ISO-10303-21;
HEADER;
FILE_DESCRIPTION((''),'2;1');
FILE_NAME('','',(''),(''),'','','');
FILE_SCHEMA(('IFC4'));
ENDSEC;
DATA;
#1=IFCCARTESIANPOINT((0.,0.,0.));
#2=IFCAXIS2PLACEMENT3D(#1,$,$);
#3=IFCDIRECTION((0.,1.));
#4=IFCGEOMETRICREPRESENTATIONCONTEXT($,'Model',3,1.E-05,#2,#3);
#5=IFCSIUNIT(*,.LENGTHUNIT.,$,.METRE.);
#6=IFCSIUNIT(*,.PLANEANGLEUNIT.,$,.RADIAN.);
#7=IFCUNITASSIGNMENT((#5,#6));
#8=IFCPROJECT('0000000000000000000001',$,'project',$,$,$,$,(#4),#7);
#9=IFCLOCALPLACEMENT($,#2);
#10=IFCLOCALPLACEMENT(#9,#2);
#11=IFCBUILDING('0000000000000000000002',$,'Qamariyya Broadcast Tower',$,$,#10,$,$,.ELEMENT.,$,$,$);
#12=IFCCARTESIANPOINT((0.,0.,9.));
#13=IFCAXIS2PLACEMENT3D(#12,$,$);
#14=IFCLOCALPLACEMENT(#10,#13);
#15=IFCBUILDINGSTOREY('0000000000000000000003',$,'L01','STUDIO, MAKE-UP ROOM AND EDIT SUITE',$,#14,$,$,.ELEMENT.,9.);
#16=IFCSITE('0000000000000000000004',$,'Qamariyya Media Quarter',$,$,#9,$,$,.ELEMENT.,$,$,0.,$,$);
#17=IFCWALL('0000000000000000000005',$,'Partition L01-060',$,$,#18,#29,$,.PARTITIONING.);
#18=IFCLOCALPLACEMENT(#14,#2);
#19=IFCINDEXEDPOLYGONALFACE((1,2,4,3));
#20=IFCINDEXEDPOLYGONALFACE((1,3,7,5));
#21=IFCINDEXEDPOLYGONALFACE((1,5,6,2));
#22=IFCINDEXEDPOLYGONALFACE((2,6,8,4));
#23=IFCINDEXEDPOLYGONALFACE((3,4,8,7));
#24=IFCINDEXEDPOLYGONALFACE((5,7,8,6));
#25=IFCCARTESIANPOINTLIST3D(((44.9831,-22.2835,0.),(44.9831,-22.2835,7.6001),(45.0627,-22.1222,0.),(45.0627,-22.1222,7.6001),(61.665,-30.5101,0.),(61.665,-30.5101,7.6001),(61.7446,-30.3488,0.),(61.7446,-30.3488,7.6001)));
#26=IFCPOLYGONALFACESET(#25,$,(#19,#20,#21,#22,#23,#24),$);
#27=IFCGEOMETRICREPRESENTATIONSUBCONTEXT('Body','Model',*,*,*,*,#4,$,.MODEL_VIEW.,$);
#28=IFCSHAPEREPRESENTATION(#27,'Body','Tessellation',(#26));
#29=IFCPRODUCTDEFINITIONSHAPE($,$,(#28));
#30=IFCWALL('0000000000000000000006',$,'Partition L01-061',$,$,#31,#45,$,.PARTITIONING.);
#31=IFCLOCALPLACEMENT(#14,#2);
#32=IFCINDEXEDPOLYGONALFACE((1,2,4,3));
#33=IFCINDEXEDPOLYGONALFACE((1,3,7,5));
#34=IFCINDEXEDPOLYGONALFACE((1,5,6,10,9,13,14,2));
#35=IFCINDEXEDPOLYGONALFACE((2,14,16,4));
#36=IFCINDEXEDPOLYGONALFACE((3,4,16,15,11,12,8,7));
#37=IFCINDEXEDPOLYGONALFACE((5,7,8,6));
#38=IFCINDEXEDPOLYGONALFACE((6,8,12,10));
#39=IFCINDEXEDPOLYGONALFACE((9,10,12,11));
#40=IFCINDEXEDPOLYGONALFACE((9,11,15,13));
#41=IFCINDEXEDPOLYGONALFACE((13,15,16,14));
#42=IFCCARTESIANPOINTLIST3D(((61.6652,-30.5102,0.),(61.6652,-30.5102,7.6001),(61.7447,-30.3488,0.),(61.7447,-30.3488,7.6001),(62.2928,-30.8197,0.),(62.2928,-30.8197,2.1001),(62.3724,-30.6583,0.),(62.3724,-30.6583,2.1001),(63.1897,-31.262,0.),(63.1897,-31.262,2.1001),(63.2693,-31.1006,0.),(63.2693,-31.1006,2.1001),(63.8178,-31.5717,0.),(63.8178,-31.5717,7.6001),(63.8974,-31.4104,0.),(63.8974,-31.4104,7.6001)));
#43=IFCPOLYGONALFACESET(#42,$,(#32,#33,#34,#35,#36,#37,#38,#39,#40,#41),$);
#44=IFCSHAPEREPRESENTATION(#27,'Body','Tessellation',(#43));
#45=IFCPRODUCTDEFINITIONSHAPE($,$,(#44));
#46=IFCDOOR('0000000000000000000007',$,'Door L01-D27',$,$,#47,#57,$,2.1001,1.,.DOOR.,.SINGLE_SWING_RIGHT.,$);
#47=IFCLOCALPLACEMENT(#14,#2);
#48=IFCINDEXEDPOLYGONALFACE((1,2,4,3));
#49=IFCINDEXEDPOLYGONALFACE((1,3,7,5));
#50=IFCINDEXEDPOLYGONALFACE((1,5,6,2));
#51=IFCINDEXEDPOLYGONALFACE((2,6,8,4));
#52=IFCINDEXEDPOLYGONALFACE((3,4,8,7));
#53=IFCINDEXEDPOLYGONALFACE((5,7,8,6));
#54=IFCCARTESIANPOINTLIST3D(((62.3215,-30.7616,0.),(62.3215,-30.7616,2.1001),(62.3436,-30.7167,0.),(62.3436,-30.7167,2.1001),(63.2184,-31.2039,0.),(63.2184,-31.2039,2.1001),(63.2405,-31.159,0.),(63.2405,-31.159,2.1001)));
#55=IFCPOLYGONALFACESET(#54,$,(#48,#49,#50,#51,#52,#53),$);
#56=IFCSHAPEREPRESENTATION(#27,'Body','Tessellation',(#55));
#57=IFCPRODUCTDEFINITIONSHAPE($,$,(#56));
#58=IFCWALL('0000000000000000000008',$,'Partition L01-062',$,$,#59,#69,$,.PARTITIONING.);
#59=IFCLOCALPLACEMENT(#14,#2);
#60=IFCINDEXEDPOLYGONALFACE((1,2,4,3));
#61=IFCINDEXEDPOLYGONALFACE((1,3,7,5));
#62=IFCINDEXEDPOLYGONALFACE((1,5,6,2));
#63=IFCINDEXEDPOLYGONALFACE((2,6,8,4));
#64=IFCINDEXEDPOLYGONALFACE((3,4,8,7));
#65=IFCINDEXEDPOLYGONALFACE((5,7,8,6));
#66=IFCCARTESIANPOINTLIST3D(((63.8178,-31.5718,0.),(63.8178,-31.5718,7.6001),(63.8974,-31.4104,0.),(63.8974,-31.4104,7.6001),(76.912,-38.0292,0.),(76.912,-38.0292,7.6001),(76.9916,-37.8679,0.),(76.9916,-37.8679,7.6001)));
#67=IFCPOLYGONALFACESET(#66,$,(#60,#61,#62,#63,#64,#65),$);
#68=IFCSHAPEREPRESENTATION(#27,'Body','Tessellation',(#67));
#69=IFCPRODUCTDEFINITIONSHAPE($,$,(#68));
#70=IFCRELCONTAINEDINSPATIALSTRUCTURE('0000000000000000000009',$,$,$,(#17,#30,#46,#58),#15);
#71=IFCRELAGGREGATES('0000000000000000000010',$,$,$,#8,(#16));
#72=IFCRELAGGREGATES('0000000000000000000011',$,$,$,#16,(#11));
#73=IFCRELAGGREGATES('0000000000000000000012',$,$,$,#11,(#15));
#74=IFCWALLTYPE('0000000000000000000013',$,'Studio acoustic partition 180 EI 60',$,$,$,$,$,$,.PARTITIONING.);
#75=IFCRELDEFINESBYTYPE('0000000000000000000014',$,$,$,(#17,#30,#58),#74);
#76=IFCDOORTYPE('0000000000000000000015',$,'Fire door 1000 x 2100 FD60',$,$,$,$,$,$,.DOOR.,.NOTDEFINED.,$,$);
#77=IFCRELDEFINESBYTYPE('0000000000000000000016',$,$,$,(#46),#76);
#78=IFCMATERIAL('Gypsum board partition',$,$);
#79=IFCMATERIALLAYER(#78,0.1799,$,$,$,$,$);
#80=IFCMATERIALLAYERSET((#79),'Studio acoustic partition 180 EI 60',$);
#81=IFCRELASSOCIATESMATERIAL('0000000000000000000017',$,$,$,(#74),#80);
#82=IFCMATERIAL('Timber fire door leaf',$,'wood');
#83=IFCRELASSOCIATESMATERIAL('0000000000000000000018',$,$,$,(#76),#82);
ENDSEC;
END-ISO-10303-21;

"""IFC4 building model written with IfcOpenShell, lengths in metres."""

from ifc_helpers import new_model, si_unit, direction, frame, frame_2d, origin, place, context, subcontext, project, spatial, rectangle, extrude, material, layer, layer_set, type_object, element, fill, save


model = new_model("IFC4")

# Units and contexts
model_context = context("Model", 3, precision=1e-05, world=origin(), true_north=direction((0.0, 1.0)))
body_context = subcontext(model_context, "Body", "Model", "MODEL_VIEW")
ifc_project = project(units=[si_unit("LENGTHUNIT", "METRE"), si_unit("PLANEANGLEUNIT", "RADIAN")], contexts=[model_context])

# Site, building, storey
site_placement = place(None, origin())
site = spatial("IfcSite", under=ifc_project, at=site_placement, Name="Qamariyya Media Quarter", CompositionType="ELEMENT", RefElevation=0.0)
building_placement = place(site_placement, origin())
building = spatial("IfcBuilding", under=site, at=building_placement, Name="Qamariyya Broadcast Tower", CompositionType="ELEMENT")
storey_placement = place(building_placement, frame((0.0, 0.0, 9.0)))
storey = spatial("IfcBuildingStorey", under=building, at=storey_placement, Name="L01", Description="STUDIO, MAKE-UP ROOM AND EDIT SUITE", CompositionType="ELEMENT", Elevation=9.0)

# Shared definitions
ifc_material_1 = material(Name="Gypsum board partition")
ifc_material_2 = material(Name="Timber fire door leaf", Category="wood")

# Wall
ifc_layer_1 = layer(ifc_material_1, 0.1799)
ifc_layer_set_1 = layer_set([ifc_layer_1], Name="Studio acoustic partition 180 EI 60")
wall_type_1 = type_object("IfcWallType", Name="Studio acoustic partition 180 EI 60", PredefinedType="PARTITIONING", material=ifc_layer_set_1)
wall_1_placement = place(storey_placement, frame((61.7048, -30.4294, 0.0), z_axis=(0.0, 0.0, 1.0), x_axis=(-0.896873, 0.442287, 0.0)))
element("IfcWall", 1, at=wall_1_placement, inside=storey, type_object=wall_type_1, Name="Partition L01-060", PredefinedType="PARTITIONING", context=body_context, shape_type="SweptSolid", body=[
    extrude(rectangle(XDim=18.6001, YDim=0.1799, at=frame_2d((9.3, 0.0))), origin(), (0.0, 0.0, 1.0), 7.6001),
])

# Wall, opening, door
wall_2_placement = place(storey_placement, frame((61.7048, -30.4294, 0.0), z_axis=(0.0, 0.0, 1.0), x_axis=(0.896875, -0.442284, 0.0)))
wall_2 = element("IfcWall", 2, at=wall_2_placement, inside=storey, type_object=wall_type_1, Name="Partition L01-061", PredefinedType="PARTITIONING", context=body_context, shape_type="SweptSolid", body=[
    extrude(rectangle(XDim=2.4001, YDim=0.1799, at=frame_2d((1.2002, 0.0))), origin(), (0.0, 0.0, 1.0), 7.6001),
])
opening_1_placement = place(wall_2_placement, frame((0.7, 0.0, 0.0)))
opening_1 = element("IfcOpeningElement", 3, at=opening_1_placement, cuts=wall_2, PredefinedType="OPENING", context=body_context, shape_type="SweptSolid", body=[
    extrude(rectangle(XDim=1.0, YDim=2.1001, at=frame_2d((0.5, 1.05))), frame((0.0, 0.0999, 0.0), z_axis=(0.0, -1.0, 0.0), x_axis=(1.0, 0.0, 0.0)), (0.0, 0.0, 1.0), 0.2),
])
door_type_1 = type_object("IfcDoorType", Name="Fire door 1000 x 2100 FD60", OperationType="NOTDEFINED", PredefinedType="DOOR", material=ifc_material_2)
door_1_placement = place(opening_1_placement, origin())
door_1 = element("IfcDoor", 4, at=door_1_placement, inside=storey, type_object=door_type_1, Name="Door L01-D27", OperationType="SINGLE_SWING_RIGHT", OverallHeight=2.1001, OverallWidth=1.0, PredefinedType="DOOR", context=body_context, shape_type="SweptSolid", body=[
    extrude(rectangle(XDim=1.0, YDim=2.1001, at=frame_2d((0.5, 1.05))), frame((0.0, 0.0249, 0.0), z_axis=(0.0, -1.0, 0.0), x_axis=(1.0, 0.0, 0.0)), (0.0, 0.0, 1.0), 0.05),
])
fill(opening_1, door_1)

# Wall
wall_3_placement = place(storey_placement, frame((76.9517, -37.9485, 0.0), z_axis=(0.0, 0.0, 1.0), x_axis=(-0.896869, 0.442297, 0.0)))
element("IfcWall", 5, at=wall_3_placement, inside=storey, type_object=wall_type_1, Name="Partition L01-062", PredefinedType="PARTITIONING", context=body_context, shape_type="SweptSolid", body=[
    extrude(rectangle(XDim=14.5999, YDim=0.1799, at=frame_2d((7.2998, 0.0))), origin(), (0.0, 0.0, 1.0), 7.6001),
])

save(model, "model.ifc")
